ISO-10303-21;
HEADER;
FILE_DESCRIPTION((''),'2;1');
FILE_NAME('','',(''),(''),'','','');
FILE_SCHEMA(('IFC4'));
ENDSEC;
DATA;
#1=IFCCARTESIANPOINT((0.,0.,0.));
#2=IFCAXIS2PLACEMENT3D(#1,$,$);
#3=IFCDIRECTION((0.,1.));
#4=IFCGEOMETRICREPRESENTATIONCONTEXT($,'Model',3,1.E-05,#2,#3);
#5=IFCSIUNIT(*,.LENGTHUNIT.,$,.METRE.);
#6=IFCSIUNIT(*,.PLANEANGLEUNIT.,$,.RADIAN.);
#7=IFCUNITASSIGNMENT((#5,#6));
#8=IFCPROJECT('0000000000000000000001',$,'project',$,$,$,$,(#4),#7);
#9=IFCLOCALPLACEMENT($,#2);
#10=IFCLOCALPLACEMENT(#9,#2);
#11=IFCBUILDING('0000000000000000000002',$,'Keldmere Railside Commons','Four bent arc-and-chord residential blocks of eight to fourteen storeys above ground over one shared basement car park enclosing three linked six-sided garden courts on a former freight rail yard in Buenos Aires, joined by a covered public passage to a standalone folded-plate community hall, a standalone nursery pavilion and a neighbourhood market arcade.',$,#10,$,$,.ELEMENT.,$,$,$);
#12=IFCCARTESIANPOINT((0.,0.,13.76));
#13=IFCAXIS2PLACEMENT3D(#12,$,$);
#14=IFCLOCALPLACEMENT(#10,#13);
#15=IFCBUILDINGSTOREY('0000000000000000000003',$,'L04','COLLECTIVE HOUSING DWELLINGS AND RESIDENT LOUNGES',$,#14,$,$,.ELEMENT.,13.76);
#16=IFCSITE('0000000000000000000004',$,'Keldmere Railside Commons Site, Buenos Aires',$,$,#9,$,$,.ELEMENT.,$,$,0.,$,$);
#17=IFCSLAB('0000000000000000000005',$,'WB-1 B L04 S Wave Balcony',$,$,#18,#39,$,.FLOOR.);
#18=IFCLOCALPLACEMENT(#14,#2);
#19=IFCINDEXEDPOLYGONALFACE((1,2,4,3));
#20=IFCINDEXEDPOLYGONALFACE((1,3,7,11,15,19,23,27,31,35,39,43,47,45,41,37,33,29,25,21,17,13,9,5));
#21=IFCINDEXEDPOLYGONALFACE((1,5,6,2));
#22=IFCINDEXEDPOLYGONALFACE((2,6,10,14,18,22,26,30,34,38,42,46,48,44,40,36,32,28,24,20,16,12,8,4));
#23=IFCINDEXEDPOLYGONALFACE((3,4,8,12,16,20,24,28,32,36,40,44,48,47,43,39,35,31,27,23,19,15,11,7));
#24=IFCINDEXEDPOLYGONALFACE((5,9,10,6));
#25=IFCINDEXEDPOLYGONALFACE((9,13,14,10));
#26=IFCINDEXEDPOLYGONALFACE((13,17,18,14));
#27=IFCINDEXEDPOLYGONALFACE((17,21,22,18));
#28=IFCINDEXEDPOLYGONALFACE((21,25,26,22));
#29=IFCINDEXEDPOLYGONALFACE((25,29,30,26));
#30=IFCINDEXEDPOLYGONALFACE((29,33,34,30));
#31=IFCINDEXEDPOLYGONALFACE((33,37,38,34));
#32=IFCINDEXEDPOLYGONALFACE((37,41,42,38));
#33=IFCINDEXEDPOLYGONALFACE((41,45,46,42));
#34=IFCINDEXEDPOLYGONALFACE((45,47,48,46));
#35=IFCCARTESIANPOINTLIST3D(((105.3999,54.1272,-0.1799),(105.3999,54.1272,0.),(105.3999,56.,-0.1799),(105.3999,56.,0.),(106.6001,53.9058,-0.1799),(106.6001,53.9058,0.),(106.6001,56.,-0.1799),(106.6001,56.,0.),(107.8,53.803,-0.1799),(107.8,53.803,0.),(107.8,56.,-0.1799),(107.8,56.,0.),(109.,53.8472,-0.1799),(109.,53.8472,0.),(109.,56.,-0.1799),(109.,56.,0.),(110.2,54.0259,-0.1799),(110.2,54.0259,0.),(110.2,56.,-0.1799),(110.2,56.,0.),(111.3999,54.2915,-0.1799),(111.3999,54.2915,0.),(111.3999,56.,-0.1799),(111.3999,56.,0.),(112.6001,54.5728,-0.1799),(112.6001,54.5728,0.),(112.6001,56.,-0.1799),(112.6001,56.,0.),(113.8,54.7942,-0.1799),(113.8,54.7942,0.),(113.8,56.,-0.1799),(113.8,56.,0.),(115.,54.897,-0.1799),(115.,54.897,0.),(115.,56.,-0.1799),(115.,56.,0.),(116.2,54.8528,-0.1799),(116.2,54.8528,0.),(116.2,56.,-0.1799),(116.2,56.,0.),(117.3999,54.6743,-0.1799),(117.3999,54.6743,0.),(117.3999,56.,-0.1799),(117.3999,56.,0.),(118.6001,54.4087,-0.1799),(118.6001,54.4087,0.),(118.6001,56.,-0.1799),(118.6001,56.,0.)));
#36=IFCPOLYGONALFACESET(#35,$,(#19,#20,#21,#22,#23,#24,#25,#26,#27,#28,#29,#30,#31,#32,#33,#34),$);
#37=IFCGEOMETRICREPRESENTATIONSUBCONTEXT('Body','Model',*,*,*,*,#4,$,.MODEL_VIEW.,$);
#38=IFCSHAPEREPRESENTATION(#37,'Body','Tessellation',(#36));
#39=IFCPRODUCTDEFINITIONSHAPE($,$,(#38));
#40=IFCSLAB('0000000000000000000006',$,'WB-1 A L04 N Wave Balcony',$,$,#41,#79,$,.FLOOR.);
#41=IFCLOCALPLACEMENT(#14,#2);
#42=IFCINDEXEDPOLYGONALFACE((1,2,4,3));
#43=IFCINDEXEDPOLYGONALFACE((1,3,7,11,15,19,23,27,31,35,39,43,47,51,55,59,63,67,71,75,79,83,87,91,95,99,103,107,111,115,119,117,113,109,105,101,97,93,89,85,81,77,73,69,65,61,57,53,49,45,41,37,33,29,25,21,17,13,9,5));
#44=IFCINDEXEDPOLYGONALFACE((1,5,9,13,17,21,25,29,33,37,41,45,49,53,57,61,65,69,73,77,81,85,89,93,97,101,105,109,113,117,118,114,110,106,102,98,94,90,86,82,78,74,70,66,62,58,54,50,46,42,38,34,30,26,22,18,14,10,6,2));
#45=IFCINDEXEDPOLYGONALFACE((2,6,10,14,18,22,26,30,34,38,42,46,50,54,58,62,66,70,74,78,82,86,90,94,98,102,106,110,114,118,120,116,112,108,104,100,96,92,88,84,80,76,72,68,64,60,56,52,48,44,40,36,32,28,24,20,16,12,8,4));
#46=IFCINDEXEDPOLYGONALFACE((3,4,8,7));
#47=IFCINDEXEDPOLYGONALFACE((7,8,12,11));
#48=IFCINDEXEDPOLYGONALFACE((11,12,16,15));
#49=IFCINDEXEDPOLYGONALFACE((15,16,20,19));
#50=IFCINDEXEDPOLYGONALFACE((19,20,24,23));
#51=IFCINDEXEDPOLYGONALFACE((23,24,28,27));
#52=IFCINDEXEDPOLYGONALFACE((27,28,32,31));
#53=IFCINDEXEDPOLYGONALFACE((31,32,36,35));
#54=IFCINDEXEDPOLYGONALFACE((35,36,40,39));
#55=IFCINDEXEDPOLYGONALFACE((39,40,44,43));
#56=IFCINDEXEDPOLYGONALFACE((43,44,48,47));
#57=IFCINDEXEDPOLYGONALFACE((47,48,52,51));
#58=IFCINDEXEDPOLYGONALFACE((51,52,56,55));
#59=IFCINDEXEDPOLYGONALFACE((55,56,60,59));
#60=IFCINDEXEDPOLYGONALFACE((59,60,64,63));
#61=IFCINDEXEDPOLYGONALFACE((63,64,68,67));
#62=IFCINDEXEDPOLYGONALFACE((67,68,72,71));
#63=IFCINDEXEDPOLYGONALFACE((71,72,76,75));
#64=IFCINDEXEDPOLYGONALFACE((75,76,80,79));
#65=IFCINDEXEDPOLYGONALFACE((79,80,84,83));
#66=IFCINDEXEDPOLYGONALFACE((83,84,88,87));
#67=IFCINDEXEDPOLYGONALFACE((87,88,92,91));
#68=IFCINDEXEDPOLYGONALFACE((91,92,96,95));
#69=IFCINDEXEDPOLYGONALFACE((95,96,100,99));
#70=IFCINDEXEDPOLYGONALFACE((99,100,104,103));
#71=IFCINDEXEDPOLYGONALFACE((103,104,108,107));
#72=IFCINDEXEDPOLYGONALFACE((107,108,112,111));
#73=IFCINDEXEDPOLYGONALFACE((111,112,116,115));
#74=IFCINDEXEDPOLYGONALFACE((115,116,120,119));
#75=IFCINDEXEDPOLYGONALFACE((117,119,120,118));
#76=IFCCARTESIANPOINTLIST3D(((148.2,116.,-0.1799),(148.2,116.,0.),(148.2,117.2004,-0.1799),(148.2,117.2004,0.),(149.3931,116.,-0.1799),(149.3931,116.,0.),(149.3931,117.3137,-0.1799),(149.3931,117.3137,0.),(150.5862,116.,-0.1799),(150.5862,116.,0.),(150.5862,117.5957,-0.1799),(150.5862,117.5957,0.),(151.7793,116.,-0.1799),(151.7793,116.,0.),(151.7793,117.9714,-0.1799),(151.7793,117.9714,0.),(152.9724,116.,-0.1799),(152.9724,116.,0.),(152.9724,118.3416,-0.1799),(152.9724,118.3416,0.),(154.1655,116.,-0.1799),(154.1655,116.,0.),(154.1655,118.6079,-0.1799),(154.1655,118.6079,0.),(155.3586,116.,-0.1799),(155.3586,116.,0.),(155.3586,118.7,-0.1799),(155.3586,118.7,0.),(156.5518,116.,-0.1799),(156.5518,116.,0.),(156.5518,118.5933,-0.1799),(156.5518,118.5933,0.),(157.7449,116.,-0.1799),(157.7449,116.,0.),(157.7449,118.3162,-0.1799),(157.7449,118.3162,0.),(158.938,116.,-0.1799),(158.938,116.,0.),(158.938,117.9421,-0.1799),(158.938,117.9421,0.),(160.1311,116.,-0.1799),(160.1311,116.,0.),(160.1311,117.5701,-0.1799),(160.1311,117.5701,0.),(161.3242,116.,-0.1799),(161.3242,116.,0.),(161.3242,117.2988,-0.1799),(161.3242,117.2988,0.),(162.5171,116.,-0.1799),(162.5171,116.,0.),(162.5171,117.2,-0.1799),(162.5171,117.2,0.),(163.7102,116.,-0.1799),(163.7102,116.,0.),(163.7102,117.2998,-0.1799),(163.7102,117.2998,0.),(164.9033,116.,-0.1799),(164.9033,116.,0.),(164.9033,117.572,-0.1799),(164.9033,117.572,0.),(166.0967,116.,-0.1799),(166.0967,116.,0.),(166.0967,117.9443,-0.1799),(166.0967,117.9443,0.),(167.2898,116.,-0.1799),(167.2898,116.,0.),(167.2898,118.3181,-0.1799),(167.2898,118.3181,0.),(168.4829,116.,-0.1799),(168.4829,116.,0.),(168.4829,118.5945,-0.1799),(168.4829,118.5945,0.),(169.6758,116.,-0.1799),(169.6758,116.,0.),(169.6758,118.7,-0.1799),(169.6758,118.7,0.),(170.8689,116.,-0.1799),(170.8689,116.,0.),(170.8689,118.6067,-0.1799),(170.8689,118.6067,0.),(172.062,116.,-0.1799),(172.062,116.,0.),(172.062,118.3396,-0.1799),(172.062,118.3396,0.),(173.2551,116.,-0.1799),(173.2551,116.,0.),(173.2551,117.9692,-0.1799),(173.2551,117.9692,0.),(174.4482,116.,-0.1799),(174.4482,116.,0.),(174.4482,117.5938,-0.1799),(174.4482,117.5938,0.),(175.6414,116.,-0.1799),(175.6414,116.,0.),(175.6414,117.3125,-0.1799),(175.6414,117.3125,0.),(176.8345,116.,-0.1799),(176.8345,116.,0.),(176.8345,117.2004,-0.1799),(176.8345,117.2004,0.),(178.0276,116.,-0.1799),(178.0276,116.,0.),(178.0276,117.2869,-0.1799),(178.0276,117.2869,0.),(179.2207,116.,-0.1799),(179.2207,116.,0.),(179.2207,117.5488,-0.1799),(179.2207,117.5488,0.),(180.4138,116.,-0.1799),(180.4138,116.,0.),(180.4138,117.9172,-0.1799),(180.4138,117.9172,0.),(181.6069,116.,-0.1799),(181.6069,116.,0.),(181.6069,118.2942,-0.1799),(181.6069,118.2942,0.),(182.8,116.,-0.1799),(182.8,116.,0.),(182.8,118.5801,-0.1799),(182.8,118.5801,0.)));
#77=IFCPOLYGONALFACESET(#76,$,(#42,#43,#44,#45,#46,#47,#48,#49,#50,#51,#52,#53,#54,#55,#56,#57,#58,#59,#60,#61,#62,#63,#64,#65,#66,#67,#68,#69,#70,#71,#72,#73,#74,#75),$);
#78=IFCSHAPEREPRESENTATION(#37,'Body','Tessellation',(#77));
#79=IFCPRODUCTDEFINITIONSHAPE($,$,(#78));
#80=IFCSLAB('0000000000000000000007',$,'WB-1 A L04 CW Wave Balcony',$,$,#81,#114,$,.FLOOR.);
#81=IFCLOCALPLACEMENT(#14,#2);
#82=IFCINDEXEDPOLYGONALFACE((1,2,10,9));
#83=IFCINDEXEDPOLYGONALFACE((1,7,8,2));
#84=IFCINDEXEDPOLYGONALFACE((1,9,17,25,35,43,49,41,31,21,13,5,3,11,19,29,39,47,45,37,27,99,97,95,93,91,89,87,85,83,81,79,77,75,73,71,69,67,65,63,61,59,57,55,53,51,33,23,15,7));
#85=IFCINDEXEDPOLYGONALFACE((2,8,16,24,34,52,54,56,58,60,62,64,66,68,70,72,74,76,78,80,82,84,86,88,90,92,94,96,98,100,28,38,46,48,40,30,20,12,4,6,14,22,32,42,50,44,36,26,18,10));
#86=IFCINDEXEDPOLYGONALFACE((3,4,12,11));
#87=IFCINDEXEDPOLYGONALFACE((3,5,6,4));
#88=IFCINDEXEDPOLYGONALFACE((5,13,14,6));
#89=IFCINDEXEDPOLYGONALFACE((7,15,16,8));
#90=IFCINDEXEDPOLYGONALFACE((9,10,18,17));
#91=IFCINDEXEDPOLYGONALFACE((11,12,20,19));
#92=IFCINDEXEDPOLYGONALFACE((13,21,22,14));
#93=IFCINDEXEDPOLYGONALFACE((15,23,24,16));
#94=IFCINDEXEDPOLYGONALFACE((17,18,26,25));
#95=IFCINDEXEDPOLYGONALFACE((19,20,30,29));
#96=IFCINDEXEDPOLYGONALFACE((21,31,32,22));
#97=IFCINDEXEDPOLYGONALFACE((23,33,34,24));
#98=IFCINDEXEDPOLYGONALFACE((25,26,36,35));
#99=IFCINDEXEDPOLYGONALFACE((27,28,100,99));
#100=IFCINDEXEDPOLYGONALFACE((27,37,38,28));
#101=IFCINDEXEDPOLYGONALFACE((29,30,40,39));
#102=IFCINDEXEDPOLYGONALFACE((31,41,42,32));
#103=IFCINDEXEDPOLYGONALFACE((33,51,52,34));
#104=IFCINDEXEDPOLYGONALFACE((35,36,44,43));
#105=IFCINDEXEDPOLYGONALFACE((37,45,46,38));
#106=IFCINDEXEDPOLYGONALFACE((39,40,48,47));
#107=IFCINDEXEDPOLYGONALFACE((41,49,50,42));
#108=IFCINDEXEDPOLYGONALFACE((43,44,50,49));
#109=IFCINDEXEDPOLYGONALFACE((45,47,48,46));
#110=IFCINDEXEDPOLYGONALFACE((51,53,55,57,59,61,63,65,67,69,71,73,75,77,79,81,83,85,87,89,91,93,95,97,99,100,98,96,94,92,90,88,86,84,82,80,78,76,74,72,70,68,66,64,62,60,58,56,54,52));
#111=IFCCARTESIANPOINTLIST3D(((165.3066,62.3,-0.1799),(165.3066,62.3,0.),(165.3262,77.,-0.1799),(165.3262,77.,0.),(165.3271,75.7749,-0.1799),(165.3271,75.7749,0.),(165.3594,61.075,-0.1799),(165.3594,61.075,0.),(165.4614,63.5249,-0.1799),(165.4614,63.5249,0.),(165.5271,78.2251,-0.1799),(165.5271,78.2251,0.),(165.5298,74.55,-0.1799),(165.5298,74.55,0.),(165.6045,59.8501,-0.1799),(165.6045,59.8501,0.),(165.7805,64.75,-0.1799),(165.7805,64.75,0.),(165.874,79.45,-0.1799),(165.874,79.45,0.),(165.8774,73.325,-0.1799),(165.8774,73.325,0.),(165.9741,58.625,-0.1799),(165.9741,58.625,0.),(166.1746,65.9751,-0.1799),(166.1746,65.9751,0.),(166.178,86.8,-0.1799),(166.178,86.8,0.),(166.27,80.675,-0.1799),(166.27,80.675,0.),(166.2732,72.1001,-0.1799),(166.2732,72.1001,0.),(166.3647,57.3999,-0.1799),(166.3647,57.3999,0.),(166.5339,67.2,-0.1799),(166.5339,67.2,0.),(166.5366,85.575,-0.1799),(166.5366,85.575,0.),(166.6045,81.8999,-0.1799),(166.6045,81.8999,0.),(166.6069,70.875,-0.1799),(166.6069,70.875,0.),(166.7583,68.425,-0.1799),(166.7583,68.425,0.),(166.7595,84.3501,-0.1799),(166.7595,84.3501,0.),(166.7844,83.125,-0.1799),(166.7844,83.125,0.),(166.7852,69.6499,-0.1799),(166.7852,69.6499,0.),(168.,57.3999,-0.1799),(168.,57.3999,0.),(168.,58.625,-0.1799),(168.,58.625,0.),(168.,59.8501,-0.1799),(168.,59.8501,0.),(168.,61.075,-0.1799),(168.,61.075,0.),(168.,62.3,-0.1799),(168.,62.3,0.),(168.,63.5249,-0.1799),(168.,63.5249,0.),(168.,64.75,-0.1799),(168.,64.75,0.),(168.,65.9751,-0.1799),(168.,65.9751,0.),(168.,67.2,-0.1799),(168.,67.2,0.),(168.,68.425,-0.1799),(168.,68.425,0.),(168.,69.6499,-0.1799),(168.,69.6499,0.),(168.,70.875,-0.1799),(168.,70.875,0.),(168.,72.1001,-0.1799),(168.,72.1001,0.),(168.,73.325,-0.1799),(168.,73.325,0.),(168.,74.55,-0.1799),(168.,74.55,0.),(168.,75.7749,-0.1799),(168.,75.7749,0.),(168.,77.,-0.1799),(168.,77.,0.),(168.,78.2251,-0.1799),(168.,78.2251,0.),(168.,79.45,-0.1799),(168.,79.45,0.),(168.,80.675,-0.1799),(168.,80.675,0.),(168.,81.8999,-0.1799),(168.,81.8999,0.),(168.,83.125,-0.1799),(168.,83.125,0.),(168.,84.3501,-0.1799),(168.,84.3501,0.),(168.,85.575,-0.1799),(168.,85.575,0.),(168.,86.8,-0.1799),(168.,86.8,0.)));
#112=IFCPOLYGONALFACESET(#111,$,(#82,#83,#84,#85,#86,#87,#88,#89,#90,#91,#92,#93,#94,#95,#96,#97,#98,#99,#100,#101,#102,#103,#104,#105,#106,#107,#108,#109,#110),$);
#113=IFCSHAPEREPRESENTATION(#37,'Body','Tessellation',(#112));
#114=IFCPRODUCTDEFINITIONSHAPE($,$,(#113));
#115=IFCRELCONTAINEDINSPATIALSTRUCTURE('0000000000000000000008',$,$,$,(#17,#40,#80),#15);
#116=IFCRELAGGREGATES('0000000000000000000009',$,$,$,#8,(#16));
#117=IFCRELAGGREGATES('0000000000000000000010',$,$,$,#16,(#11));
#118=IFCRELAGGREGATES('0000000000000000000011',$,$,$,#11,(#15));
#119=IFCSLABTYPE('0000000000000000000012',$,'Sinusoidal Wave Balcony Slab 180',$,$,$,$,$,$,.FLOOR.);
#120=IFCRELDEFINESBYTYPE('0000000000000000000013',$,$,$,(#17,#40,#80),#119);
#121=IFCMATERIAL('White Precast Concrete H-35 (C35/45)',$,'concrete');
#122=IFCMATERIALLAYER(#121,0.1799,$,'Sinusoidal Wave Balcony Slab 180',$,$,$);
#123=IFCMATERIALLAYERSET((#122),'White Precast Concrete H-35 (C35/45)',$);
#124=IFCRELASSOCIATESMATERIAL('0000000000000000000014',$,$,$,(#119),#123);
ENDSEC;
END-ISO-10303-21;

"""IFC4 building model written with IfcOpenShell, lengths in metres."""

from ifc_helpers import new_model, si_unit, direction, frame, origin, place, context, subcontext, project, spatial, polyline, outline, extrude, material, layer, layer_set, type_object, element, save


model = new_model("IFC4")

# Units and contexts
model_context = context("Model", 3, precision=1e-05, world=origin(), true_north=direction((0.0, 1.0)))
body_context = subcontext(model_context, "Body", "Model", "MODEL_VIEW")
ifc_project = project(units=[si_unit("LENGTHUNIT", "METRE"), si_unit("PLANEANGLEUNIT", "RADIAN")], contexts=[model_context])

# Site, building, storey
site_placement = place(None, origin())
site = spatial("IfcSite", under=ifc_project, at=site_placement, Name="Keldmere Railside Commons Site, Buenos Aires", CompositionType="ELEMENT", RefElevation=0.0)
building_placement = place(site_placement, origin())
building = spatial("IfcBuilding", under=site, at=building_placement, Name="Keldmere Railside Commons", Description="Four bent arc-and-chord residential blocks of eight to fourteen storeys above ground over one shared basement car park enclosing three linked six-sided garden courts on a former freight rail yard in Buenos Aires, joined by a covered public passage to a standalone folded-plate community hall, a standalone nursery pavilion and a neighbourhood market arcade.", CompositionType="ELEMENT")
storey_placement = place(building_placement, frame((0.0, 0.0, 13.76)))
storey = spatial("IfcBuildingStorey", under=building, at=storey_placement, Name="L04", Description="COLLECTIVE HOUSING DWELLINGS AND RESIDENT LOUNGES", CompositionType="ELEMENT", Elevation=13.76)

# Slabs
ifc_material_1 = material(Name="White Precast Concrete H-35 (C35/45)", Category="concrete")
ifc_layer_1 = layer(ifc_material_1, 0.1799, Name="Sinusoidal Wave Balcony Slab 180")
ifc_layer_set_1 = layer_set([ifc_layer_1], Name="White Precast Concrete H-35 (C35/45)")
slab_type_1 = type_object("IfcSlabType", Name="Sinusoidal Wave Balcony Slab 180", PredefinedType="FLOOR", material=ifc_layer_set_1)
slab_1_placement = place(storey_placement, frame((0.0, 0.0, -0.1799)))
element("IfcSlab", 1, at=slab_1_placement, inside=storey, type_object=slab_type_1, Name="WB-1 B L04 S Wave Balcony", PredefinedType="FLOOR", context=body_context, shape_type="SweptSolid", body=[
    extrude(outline(polyline([(105.3999, 54.1272), (106.6001, 53.9058), (107.8, 53.803), (109.0, 53.8472), (110.2, 54.0259), (111.3999, 54.2915), (112.6001, 54.5728), (113.8, 54.7942), (115.0, 54.897), (116.2, 54.8528), (117.3999, 54.6743), (118.6001, 54.4087), (118.6001, 56.0), (117.3999, 56.0), (116.2, 56.0), (115.0, 56.0), (113.8, 56.0), (112.6001, 56.0), (111.3999, 56.0), (110.2, 56.0), (109.0, 56.0), (107.8, 56.0), (106.6001, 56.0), (105.3999, 56.0), (105.3999, 54.1272)])), origin(), (0.0, 0.0, 1.0), 0.1799),
])
slab_2_placement = place(storey_placement, frame((0.0, 0.0, -0.1799)))
element("IfcSlab", 2, at=slab_2_placement, inside=storey, type_object=slab_type_1, Name="WB-1 A L04 N Wave Balcony", PredefinedType="FLOOR", context=body_context, shape_type="SweptSolid", body=[
    extrude(outline(polyline([(148.2, 116.0), (149.3931, 116.0), (150.5862, 116.0), (151.7793, 116.0), (152.9724, 116.0), (154.1655, 116.0), (155.3586, 116.0), (156.5518, 116.0), (157.7449, 116.0), (158.938, 116.0), (160.1311, 116.0), (161.3242, 116.0), (162.5171, 116.0), (163.7102, 116.0), (164.9033, 116.0), (166.0967, 116.0), (167.2898, 116.0), (168.4829, 116.0), (169.6758, 116.0), (170.8689, 116.0), (172.062, 116.0), (173.2551, 116.0), (174.4482, 116.0), (175.6414, 116.0), (176.8345, 116.0), (178.0276, 116.0), (179.2207, 116.0), (180.4138, 116.0), (181.6069, 116.0), (182.8, 116.0), (182.8, 118.5801), (181.6069, 118.2942), (180.4138, 117.9172), (179.2207, 117.5488), (178.0276, 117.2869), (176.8345, 117.2004), (175.6414, 117.3125), (174.4482, 117.5938), (173.2551, 117.9692), (172.062, 118.3396), (170.8689, 118.6067), (169.6758, 118.7), (168.4829, 118.5945), (167.2898, 118.3181), (166.0967, 117.9443), (164.9033, 117.572), (163.7102, 117.2998), (162.5171, 117.2), (161.3242, 117.2988), (160.1311, 117.5701), (158.938, 117.9421), (157.7449, 118.3162), (156.5518, 118.5933), (155.3586, 118.7), (154.1655, 118.6079), (152.9724, 118.3416), (151.7793, 117.9714), (150.5862, 117.5957), (149.3931, 117.3137), (148.2, 117.2004), (148.2, 116.0)])), origin(), (0.0, 0.0, 1.0), 0.1799),
])
slab_3_placement = place(storey_placement, frame((0.0, 0.0, -0.1799)))
element("IfcSlab", 3, at=slab_3_placement, inside=storey, type_object=slab_type_1, Name="WB-1 A L04 CW Wave Balcony", PredefinedType="FLOOR", context=body_context, shape_type="SweptSolid", body=[
    extrude(outline(polyline([(168.0, 57.3999), (168.0, 58.625), (168.0, 59.8501), (168.0, 61.075), (168.0, 62.3), (168.0, 63.5249), (168.0, 64.75), (168.0, 65.9751), (168.0, 67.2), (168.0, 68.425), (168.0, 69.6499), (168.0, 70.875), (168.0, 72.1001), (168.0, 73.325), (168.0, 74.55), (168.0, 75.7749), (168.0, 77.0), (168.0, 78.2251), (168.0, 79.45), (168.0, 80.675), (168.0, 81.8999), (168.0, 83.125), (168.0, 84.3501), (168.0, 85.575), (168.0, 86.8), (166.178, 86.8), (166.5366, 85.575), (166.7595, 84.3501), (166.7844, 83.125), (166.6045, 81.8999), (166.27, 80.675), (165.874, 79.45), (165.5271, 78.2251), (165.3262, 77.0), (165.3271, 75.7749), (165.5298, 74.55), (165.8774, 73.325), (166.2732, 72.1001), (166.6069, 70.875), (166.7852, 69.6499), (166.7583, 68.425), (166.5339, 67.2), (166.1746, 65.9751), (165.7805, 64.75), (165.4614, 63.5249), (165.3066, 62.3), (165.3594, 61.075), (165.6045, 59.8501), (165.9741, 58.625), (166.3647, 57.3999), (168.0, 57.3999)])), origin(), (0.0, 0.0, 1.0), 0.1799),
])

save(model, "model.ifc")
